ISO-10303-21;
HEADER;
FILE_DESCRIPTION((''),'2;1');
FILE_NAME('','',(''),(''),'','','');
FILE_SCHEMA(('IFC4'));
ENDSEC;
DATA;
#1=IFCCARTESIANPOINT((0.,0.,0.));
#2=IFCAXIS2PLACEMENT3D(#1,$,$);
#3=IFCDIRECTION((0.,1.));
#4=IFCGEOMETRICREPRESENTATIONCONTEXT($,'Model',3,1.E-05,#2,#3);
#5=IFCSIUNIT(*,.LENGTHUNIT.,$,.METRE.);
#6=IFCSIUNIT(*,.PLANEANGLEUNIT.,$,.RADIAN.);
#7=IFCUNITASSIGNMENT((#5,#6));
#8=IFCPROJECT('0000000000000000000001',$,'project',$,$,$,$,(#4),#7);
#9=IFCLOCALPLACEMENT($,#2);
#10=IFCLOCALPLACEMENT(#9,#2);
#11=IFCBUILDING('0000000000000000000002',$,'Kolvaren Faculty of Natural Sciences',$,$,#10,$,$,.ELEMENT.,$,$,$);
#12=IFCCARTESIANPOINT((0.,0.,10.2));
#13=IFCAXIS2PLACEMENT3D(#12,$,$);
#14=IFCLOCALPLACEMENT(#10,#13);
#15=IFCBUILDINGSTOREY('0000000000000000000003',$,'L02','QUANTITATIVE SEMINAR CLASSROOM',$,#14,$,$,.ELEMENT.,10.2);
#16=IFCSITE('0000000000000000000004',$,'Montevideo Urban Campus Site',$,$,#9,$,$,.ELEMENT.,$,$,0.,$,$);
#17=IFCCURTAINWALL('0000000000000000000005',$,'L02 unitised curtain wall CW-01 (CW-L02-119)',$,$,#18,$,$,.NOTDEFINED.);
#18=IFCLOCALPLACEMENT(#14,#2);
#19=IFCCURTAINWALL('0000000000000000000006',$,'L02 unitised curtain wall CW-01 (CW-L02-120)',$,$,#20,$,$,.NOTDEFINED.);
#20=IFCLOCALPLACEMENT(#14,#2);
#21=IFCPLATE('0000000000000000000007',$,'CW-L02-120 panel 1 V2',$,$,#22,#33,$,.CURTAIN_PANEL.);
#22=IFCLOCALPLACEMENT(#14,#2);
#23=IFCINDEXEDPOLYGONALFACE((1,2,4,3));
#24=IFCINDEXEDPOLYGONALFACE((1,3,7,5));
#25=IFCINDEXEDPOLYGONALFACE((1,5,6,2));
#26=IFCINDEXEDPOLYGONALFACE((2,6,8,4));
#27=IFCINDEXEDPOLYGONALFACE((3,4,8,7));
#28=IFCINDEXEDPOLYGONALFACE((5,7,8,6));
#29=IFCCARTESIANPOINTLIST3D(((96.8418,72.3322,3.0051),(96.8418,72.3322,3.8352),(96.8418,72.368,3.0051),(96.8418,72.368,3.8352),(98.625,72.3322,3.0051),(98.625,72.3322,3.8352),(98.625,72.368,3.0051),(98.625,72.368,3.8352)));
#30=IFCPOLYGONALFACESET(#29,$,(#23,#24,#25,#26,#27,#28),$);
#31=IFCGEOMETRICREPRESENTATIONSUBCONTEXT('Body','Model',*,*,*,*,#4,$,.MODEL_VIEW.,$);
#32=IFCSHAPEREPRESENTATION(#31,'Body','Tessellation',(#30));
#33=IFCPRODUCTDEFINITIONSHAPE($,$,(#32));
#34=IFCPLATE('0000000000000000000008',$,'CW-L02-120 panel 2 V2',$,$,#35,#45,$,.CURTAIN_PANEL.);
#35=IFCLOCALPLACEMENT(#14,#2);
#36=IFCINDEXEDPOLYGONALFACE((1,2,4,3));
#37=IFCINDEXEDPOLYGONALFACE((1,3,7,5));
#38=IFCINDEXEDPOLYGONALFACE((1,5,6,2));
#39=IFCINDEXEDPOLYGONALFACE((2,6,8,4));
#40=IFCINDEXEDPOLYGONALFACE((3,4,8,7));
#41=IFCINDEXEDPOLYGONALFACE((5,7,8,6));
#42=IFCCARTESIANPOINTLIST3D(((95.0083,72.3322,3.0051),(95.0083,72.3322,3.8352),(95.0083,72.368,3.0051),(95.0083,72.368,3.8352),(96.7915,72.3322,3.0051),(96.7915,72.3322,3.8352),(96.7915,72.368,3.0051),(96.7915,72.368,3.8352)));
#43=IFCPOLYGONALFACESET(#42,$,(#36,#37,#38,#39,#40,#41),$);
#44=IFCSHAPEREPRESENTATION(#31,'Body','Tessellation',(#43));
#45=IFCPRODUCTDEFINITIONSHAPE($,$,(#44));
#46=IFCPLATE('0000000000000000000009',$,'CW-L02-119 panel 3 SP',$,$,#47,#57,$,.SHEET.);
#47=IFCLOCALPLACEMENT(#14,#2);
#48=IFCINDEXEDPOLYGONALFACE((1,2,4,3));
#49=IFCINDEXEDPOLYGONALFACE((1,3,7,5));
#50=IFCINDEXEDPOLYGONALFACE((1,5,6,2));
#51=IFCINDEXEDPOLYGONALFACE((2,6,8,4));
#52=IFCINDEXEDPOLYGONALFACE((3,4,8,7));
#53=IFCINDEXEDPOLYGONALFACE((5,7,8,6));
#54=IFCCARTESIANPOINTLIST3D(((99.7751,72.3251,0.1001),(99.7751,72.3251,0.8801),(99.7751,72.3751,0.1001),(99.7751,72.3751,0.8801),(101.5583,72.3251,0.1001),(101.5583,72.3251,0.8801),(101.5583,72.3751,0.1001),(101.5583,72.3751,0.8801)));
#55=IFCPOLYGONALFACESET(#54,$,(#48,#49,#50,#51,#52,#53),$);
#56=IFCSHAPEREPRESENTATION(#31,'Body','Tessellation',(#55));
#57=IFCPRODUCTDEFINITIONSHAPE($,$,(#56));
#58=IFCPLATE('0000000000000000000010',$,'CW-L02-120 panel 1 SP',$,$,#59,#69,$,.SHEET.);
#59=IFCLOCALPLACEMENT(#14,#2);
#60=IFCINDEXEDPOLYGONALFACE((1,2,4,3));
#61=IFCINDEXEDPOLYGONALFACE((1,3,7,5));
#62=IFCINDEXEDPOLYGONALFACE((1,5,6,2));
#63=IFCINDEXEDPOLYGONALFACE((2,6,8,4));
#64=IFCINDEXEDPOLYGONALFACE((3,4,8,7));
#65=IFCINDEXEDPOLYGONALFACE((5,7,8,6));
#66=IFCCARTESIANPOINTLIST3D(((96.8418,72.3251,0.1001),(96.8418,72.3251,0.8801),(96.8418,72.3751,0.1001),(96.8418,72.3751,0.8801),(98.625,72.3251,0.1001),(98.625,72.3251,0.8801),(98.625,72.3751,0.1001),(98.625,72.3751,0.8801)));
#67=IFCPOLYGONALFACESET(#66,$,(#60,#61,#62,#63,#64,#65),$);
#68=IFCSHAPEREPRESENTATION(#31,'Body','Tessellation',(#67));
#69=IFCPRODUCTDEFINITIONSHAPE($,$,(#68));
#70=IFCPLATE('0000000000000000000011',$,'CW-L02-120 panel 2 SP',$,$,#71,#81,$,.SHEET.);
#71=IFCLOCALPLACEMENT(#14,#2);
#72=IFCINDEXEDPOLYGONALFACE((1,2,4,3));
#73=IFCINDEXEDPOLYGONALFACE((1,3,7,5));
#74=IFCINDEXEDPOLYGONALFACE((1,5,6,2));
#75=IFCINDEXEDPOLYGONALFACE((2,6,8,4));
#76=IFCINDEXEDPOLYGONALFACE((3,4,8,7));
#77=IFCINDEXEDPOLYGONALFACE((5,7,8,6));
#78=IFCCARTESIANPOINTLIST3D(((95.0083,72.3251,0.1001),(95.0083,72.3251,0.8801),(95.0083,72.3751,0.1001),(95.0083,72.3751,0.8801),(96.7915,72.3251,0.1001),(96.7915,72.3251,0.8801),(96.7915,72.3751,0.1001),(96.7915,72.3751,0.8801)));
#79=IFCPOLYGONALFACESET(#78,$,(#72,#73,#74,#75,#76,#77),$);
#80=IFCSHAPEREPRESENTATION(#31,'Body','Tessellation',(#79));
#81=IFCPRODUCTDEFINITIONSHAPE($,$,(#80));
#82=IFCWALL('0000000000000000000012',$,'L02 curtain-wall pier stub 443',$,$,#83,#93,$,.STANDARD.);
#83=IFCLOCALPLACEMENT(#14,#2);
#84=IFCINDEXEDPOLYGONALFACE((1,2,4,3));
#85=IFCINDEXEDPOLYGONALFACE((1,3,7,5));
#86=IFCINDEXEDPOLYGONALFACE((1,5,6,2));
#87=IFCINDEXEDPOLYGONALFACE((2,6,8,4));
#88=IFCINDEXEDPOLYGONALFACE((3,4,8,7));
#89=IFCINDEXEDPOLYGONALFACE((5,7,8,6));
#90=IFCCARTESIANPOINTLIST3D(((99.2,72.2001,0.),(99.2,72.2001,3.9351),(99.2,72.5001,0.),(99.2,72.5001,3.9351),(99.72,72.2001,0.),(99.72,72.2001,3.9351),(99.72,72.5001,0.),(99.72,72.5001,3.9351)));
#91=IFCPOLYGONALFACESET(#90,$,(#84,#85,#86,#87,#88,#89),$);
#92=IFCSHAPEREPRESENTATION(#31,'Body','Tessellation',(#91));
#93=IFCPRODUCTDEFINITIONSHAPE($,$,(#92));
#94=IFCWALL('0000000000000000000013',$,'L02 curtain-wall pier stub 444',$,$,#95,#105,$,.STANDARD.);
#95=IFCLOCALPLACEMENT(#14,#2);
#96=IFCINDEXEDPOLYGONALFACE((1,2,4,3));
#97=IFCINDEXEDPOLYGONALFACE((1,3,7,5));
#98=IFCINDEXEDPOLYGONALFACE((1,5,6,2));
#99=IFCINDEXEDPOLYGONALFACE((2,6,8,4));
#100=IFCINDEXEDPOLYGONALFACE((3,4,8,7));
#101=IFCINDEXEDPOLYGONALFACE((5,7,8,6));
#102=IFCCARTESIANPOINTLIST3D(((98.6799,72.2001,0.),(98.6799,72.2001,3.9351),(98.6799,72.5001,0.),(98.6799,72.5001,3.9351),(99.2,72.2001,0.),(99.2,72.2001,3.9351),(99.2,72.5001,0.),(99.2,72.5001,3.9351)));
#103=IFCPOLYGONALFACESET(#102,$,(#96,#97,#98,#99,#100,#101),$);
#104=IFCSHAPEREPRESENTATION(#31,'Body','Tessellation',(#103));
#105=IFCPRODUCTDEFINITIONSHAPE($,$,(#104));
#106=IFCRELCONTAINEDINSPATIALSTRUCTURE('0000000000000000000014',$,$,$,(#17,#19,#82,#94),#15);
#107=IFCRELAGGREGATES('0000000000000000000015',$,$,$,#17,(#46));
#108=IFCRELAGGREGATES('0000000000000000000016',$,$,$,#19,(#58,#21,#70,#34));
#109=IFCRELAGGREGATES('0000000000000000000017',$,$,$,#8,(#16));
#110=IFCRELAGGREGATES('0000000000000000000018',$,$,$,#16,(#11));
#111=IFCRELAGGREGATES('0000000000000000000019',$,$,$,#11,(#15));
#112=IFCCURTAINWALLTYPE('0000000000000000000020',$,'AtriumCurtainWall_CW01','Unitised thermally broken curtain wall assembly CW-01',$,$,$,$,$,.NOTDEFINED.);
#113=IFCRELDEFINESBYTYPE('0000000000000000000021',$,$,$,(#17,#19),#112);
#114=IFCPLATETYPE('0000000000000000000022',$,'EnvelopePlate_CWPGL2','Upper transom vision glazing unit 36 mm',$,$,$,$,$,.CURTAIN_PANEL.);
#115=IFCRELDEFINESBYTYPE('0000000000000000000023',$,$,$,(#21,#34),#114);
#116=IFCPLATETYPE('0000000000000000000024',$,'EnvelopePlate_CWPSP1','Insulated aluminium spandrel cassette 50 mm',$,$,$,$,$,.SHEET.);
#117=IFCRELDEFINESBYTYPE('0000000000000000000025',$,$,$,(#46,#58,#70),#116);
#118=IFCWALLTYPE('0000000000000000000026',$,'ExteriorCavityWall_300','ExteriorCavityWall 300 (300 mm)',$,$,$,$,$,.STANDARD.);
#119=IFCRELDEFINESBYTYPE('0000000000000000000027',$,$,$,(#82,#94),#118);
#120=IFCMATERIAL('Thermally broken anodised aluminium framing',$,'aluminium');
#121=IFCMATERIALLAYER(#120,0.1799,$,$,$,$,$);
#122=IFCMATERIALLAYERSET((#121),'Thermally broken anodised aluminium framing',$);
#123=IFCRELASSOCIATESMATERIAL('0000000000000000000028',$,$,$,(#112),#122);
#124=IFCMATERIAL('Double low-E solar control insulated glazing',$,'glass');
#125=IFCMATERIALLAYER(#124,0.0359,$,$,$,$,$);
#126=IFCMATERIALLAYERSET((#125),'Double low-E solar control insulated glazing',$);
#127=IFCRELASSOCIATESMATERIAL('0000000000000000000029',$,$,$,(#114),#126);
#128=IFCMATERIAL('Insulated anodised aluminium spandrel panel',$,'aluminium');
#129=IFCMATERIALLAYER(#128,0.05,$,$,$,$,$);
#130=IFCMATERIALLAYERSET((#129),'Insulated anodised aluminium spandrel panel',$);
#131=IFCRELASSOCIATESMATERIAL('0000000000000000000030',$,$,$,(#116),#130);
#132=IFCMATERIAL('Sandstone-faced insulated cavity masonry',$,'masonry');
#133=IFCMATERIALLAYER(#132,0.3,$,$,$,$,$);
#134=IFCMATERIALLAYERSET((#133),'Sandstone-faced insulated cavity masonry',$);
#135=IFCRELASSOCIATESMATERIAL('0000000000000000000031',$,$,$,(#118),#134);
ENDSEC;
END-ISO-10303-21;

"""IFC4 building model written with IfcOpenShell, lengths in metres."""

from ifc_helpers import new_model, si_unit, direction, frame, frame_2d, origin, origin_2d, place, context, subcontext, project, spatial, rectangle, extrude, material, layer, layer_set, type_object, element, aggregate, save


model = new_model("IFC4")

# Units and contexts
model_context = context("Model", 3, precision=1e-05, world=origin(), true_north=direction((0.0, 1.0)))
body_context = subcontext(model_context, "Body", "Model", "MODEL_VIEW")
ifc_project = project(units=[si_unit("LENGTHUNIT", "METRE"), si_unit("PLANEANGLEUNIT", "RADIAN")], contexts=[model_context])

# Site, building, storey
site_placement = place(None, origin())
site = spatial("IfcSite", under=ifc_project, at=site_placement, Name="Montevideo Urban Campus Site", CompositionType="ELEMENT", RefElevation=0.0)
building_placement = place(site_placement, origin())
building = spatial("IfcBuilding", under=site, at=building_placement, Name="Kolvaren Faculty of Natural Sciences", CompositionType="ELEMENT")
storey_placement = place(building_placement, frame((0.0, 0.0, 10.2)))
storey = spatial("IfcBuildingStorey", under=building, at=storey_placement, Name="L02", Description="QUANTITATIVE SEMINAR CLASSROOM", CompositionType="ELEMENT", Elevation=10.2)

# Curtain wall
ifc_material_1 = material(Name="Thermally broken anodised aluminium framing", Category="aluminium")
ifc_layer_1 = layer(ifc_material_1, 0.1799)
ifc_layer_set_1 = layer_set([ifc_layer_1], Name="Thermally broken anodised aluminium framing")
curtain_wall_type = type_object("IfcCurtainWallType", Name="AtriumCurtainWall_CW01", Description="Unitised thermally broken curtain wall assembly CW-01", PredefinedType="NOTDEFINED", material=ifc_layer_set_1)
curtain_wall_1_placement = place(storey_placement, origin())
curtain_wall_1 = element("IfcCurtainWall", 1, at=curtain_wall_1_placement, inside=storey, type_object=curtain_wall_type, Name="L02 unitised curtain wall CW-01 (CW-L02-119)", PredefinedType="NOTDEFINED")

# Curtain wall
curtain_wall_2_placement = place(storey_placement, origin())
curtain_wall_2 = element("IfcCurtainWall", 2, at=curtain_wall_2_placement, inside=storey, type_object=curtain_wall_type, Name="L02 unitised curtain wall CW-01 (CW-L02-120)", PredefinedType="NOTDEFINED")

# Plates
ifc_material_2 = material(Name="Double low-E solar control insulated glazing", Category="glass")
ifc_layer_2 = layer(ifc_material_2, 0.0359)
ifc_layer_set_2 = layer_set([ifc_layer_2], Name="Double low-E solar control insulated glazing")
plate_type_1 = type_object("IfcPlateType", Name="EnvelopePlate_CWPGL2", Description="Upper transom vision glazing unit 36 mm", PredefinedType="CURTAIN_PANEL", material=ifc_layer_set_2)
plate_1_placement = place(storey_placement, frame((97.7334, 72.3501, 3.0051), z_axis=(0.0, 0.0, 1.0), x_axis=(-1.0, 0.0, 0.0)))
plate_1 = element("IfcPlate", 3, at=plate_1_placement, type_object=plate_type_1, Name="CW-L02-120 panel 1 V2", PredefinedType="CURTAIN_PANEL", context=body_context, shape_type="SweptSolid", body=[
    extrude(rectangle(XDim=1.7832, YDim=0.0359, at=origin_2d()), origin(), (0.0, 0.0, 1.0), 0.8301),
])
plate_2_placement = place(storey_placement, frame((95.8999, 72.3501, 3.0051), z_axis=(0.0, 0.0, 1.0), x_axis=(-1.0, 0.0, 0.0)))
plate_2 = element("IfcPlate", 4, at=plate_2_placement, type_object=plate_type_1, Name="CW-L02-120 panel 2 V2", PredefinedType="CURTAIN_PANEL", context=body_context, shape_type="SweptSolid", body=[
    extrude(rectangle(XDim=1.7832, YDim=0.0359, at=origin_2d()), origin(), (0.0, 0.0, 1.0), 0.8301),
])
ifc_material_3 = material(Name="Insulated anodised aluminium spandrel panel", Category="aluminium")
ifc_layer_3 = layer(ifc_material_3, 0.05)
ifc_layer_set_3 = layer_set([ifc_layer_3], Name="Insulated anodised aluminium spandrel panel")
plate_type_2 = type_object("IfcPlateType", Name="EnvelopePlate_CWPSP1", Description="Insulated aluminium spandrel cassette 50 mm", PredefinedType="SHEET", material=ifc_layer_set_3)
plate_3_placement = place(storey_placement, frame((100.6667, 72.3501, 0.1001), z_axis=(0.0, 0.0, 1.0), x_axis=(-1.0, 0.0, 0.0)))
plate_3 = element("IfcPlate", 5, at=plate_3_placement, type_object=plate_type_2, Name="CW-L02-119 panel 3 SP", PredefinedType="SHEET", context=body_context, shape_type="SweptSolid", body=[
    extrude(rectangle(XDim=1.7832, YDim=0.05, at=origin_2d()), origin(), (0.0, 0.0, 1.0), 0.78),
])
aggregate(curtain_wall_1, [plate_3])
plate_4_placement = place(storey_placement, frame((97.7334, 72.3501, 0.1001), z_axis=(0.0, 0.0, 1.0), x_axis=(-1.0, 0.0, 0.0)))
plate_4 = element("IfcPlate", 6, at=plate_4_placement, type_object=plate_type_2, Name="CW-L02-120 panel 1 SP", PredefinedType="SHEET", context=body_context, shape_type="SweptSolid", body=[
    extrude(rectangle(XDim=1.7832, YDim=0.05, at=origin_2d()), origin(), (0.0, 0.0, 1.0), 0.78),
])
plate_5_placement = place(storey_placement, frame((95.8999, 72.3501, 0.1001), z_axis=(0.0, 0.0, 1.0), x_axis=(-1.0, 0.0, 0.0)))
plate_5 = element("IfcPlate", 7, at=plate_5_placement, type_object=plate_type_2, Name="CW-L02-120 panel 2 SP", PredefinedType="SHEET", context=body_context, shape_type="SweptSolid", body=[
    extrude(rectangle(XDim=1.7832, YDim=0.05, at=origin_2d()), origin(), (0.0, 0.0, 1.0), 0.78),
])
aggregate(curtain_wall_2, [plate_4, plate_1, plate_5, plate_2])

# Walls
ifc_material_4 = material(Name="Sandstone-faced insulated cavity masonry", Category="masonry")
ifc_layer_4 = layer(ifc_material_4, 0.3)
ifc_layer_set_4 = layer_set([ifc_layer_4], Name="Sandstone-faced insulated cavity masonry")
wall_type = type_object("IfcWallType", Name="ExteriorCavityWall_300", Description="ExteriorCavityWall 300 (300 mm)", PredefinedType="STANDARD", material=ifc_layer_set_4)
for number, where, z_axis, x_axis, name in (
    (8, (99.72, 72.3501, 0.0), (0.0, 0.0, 1.0), (-1.0, 0.0, 0.0), "L02 curtain-wall pier stub 443"),
    (9, (99.2, 72.3501, 0.0), (0.0, 0.0, 1.0), (-1.0, 0.0, 0.0), "L02 curtain-wall pier stub 444"),
):
    element("IfcWall", number, at=place(storey_placement, frame(where, z_axis=z_axis, x_axis=x_axis)), inside=storey, type_object=wall_type, Name=name, PredefinedType="STANDARD", context=body_context, shape_type="SweptSolid", body=[
        extrude(rectangle(XDim=0.52, YDim=0.3, at=frame_2d((0.26, 0.0))), origin(), (0.0, 0.0, 1.0), 3.9351),
    ])

save(model, "model.ifc")
